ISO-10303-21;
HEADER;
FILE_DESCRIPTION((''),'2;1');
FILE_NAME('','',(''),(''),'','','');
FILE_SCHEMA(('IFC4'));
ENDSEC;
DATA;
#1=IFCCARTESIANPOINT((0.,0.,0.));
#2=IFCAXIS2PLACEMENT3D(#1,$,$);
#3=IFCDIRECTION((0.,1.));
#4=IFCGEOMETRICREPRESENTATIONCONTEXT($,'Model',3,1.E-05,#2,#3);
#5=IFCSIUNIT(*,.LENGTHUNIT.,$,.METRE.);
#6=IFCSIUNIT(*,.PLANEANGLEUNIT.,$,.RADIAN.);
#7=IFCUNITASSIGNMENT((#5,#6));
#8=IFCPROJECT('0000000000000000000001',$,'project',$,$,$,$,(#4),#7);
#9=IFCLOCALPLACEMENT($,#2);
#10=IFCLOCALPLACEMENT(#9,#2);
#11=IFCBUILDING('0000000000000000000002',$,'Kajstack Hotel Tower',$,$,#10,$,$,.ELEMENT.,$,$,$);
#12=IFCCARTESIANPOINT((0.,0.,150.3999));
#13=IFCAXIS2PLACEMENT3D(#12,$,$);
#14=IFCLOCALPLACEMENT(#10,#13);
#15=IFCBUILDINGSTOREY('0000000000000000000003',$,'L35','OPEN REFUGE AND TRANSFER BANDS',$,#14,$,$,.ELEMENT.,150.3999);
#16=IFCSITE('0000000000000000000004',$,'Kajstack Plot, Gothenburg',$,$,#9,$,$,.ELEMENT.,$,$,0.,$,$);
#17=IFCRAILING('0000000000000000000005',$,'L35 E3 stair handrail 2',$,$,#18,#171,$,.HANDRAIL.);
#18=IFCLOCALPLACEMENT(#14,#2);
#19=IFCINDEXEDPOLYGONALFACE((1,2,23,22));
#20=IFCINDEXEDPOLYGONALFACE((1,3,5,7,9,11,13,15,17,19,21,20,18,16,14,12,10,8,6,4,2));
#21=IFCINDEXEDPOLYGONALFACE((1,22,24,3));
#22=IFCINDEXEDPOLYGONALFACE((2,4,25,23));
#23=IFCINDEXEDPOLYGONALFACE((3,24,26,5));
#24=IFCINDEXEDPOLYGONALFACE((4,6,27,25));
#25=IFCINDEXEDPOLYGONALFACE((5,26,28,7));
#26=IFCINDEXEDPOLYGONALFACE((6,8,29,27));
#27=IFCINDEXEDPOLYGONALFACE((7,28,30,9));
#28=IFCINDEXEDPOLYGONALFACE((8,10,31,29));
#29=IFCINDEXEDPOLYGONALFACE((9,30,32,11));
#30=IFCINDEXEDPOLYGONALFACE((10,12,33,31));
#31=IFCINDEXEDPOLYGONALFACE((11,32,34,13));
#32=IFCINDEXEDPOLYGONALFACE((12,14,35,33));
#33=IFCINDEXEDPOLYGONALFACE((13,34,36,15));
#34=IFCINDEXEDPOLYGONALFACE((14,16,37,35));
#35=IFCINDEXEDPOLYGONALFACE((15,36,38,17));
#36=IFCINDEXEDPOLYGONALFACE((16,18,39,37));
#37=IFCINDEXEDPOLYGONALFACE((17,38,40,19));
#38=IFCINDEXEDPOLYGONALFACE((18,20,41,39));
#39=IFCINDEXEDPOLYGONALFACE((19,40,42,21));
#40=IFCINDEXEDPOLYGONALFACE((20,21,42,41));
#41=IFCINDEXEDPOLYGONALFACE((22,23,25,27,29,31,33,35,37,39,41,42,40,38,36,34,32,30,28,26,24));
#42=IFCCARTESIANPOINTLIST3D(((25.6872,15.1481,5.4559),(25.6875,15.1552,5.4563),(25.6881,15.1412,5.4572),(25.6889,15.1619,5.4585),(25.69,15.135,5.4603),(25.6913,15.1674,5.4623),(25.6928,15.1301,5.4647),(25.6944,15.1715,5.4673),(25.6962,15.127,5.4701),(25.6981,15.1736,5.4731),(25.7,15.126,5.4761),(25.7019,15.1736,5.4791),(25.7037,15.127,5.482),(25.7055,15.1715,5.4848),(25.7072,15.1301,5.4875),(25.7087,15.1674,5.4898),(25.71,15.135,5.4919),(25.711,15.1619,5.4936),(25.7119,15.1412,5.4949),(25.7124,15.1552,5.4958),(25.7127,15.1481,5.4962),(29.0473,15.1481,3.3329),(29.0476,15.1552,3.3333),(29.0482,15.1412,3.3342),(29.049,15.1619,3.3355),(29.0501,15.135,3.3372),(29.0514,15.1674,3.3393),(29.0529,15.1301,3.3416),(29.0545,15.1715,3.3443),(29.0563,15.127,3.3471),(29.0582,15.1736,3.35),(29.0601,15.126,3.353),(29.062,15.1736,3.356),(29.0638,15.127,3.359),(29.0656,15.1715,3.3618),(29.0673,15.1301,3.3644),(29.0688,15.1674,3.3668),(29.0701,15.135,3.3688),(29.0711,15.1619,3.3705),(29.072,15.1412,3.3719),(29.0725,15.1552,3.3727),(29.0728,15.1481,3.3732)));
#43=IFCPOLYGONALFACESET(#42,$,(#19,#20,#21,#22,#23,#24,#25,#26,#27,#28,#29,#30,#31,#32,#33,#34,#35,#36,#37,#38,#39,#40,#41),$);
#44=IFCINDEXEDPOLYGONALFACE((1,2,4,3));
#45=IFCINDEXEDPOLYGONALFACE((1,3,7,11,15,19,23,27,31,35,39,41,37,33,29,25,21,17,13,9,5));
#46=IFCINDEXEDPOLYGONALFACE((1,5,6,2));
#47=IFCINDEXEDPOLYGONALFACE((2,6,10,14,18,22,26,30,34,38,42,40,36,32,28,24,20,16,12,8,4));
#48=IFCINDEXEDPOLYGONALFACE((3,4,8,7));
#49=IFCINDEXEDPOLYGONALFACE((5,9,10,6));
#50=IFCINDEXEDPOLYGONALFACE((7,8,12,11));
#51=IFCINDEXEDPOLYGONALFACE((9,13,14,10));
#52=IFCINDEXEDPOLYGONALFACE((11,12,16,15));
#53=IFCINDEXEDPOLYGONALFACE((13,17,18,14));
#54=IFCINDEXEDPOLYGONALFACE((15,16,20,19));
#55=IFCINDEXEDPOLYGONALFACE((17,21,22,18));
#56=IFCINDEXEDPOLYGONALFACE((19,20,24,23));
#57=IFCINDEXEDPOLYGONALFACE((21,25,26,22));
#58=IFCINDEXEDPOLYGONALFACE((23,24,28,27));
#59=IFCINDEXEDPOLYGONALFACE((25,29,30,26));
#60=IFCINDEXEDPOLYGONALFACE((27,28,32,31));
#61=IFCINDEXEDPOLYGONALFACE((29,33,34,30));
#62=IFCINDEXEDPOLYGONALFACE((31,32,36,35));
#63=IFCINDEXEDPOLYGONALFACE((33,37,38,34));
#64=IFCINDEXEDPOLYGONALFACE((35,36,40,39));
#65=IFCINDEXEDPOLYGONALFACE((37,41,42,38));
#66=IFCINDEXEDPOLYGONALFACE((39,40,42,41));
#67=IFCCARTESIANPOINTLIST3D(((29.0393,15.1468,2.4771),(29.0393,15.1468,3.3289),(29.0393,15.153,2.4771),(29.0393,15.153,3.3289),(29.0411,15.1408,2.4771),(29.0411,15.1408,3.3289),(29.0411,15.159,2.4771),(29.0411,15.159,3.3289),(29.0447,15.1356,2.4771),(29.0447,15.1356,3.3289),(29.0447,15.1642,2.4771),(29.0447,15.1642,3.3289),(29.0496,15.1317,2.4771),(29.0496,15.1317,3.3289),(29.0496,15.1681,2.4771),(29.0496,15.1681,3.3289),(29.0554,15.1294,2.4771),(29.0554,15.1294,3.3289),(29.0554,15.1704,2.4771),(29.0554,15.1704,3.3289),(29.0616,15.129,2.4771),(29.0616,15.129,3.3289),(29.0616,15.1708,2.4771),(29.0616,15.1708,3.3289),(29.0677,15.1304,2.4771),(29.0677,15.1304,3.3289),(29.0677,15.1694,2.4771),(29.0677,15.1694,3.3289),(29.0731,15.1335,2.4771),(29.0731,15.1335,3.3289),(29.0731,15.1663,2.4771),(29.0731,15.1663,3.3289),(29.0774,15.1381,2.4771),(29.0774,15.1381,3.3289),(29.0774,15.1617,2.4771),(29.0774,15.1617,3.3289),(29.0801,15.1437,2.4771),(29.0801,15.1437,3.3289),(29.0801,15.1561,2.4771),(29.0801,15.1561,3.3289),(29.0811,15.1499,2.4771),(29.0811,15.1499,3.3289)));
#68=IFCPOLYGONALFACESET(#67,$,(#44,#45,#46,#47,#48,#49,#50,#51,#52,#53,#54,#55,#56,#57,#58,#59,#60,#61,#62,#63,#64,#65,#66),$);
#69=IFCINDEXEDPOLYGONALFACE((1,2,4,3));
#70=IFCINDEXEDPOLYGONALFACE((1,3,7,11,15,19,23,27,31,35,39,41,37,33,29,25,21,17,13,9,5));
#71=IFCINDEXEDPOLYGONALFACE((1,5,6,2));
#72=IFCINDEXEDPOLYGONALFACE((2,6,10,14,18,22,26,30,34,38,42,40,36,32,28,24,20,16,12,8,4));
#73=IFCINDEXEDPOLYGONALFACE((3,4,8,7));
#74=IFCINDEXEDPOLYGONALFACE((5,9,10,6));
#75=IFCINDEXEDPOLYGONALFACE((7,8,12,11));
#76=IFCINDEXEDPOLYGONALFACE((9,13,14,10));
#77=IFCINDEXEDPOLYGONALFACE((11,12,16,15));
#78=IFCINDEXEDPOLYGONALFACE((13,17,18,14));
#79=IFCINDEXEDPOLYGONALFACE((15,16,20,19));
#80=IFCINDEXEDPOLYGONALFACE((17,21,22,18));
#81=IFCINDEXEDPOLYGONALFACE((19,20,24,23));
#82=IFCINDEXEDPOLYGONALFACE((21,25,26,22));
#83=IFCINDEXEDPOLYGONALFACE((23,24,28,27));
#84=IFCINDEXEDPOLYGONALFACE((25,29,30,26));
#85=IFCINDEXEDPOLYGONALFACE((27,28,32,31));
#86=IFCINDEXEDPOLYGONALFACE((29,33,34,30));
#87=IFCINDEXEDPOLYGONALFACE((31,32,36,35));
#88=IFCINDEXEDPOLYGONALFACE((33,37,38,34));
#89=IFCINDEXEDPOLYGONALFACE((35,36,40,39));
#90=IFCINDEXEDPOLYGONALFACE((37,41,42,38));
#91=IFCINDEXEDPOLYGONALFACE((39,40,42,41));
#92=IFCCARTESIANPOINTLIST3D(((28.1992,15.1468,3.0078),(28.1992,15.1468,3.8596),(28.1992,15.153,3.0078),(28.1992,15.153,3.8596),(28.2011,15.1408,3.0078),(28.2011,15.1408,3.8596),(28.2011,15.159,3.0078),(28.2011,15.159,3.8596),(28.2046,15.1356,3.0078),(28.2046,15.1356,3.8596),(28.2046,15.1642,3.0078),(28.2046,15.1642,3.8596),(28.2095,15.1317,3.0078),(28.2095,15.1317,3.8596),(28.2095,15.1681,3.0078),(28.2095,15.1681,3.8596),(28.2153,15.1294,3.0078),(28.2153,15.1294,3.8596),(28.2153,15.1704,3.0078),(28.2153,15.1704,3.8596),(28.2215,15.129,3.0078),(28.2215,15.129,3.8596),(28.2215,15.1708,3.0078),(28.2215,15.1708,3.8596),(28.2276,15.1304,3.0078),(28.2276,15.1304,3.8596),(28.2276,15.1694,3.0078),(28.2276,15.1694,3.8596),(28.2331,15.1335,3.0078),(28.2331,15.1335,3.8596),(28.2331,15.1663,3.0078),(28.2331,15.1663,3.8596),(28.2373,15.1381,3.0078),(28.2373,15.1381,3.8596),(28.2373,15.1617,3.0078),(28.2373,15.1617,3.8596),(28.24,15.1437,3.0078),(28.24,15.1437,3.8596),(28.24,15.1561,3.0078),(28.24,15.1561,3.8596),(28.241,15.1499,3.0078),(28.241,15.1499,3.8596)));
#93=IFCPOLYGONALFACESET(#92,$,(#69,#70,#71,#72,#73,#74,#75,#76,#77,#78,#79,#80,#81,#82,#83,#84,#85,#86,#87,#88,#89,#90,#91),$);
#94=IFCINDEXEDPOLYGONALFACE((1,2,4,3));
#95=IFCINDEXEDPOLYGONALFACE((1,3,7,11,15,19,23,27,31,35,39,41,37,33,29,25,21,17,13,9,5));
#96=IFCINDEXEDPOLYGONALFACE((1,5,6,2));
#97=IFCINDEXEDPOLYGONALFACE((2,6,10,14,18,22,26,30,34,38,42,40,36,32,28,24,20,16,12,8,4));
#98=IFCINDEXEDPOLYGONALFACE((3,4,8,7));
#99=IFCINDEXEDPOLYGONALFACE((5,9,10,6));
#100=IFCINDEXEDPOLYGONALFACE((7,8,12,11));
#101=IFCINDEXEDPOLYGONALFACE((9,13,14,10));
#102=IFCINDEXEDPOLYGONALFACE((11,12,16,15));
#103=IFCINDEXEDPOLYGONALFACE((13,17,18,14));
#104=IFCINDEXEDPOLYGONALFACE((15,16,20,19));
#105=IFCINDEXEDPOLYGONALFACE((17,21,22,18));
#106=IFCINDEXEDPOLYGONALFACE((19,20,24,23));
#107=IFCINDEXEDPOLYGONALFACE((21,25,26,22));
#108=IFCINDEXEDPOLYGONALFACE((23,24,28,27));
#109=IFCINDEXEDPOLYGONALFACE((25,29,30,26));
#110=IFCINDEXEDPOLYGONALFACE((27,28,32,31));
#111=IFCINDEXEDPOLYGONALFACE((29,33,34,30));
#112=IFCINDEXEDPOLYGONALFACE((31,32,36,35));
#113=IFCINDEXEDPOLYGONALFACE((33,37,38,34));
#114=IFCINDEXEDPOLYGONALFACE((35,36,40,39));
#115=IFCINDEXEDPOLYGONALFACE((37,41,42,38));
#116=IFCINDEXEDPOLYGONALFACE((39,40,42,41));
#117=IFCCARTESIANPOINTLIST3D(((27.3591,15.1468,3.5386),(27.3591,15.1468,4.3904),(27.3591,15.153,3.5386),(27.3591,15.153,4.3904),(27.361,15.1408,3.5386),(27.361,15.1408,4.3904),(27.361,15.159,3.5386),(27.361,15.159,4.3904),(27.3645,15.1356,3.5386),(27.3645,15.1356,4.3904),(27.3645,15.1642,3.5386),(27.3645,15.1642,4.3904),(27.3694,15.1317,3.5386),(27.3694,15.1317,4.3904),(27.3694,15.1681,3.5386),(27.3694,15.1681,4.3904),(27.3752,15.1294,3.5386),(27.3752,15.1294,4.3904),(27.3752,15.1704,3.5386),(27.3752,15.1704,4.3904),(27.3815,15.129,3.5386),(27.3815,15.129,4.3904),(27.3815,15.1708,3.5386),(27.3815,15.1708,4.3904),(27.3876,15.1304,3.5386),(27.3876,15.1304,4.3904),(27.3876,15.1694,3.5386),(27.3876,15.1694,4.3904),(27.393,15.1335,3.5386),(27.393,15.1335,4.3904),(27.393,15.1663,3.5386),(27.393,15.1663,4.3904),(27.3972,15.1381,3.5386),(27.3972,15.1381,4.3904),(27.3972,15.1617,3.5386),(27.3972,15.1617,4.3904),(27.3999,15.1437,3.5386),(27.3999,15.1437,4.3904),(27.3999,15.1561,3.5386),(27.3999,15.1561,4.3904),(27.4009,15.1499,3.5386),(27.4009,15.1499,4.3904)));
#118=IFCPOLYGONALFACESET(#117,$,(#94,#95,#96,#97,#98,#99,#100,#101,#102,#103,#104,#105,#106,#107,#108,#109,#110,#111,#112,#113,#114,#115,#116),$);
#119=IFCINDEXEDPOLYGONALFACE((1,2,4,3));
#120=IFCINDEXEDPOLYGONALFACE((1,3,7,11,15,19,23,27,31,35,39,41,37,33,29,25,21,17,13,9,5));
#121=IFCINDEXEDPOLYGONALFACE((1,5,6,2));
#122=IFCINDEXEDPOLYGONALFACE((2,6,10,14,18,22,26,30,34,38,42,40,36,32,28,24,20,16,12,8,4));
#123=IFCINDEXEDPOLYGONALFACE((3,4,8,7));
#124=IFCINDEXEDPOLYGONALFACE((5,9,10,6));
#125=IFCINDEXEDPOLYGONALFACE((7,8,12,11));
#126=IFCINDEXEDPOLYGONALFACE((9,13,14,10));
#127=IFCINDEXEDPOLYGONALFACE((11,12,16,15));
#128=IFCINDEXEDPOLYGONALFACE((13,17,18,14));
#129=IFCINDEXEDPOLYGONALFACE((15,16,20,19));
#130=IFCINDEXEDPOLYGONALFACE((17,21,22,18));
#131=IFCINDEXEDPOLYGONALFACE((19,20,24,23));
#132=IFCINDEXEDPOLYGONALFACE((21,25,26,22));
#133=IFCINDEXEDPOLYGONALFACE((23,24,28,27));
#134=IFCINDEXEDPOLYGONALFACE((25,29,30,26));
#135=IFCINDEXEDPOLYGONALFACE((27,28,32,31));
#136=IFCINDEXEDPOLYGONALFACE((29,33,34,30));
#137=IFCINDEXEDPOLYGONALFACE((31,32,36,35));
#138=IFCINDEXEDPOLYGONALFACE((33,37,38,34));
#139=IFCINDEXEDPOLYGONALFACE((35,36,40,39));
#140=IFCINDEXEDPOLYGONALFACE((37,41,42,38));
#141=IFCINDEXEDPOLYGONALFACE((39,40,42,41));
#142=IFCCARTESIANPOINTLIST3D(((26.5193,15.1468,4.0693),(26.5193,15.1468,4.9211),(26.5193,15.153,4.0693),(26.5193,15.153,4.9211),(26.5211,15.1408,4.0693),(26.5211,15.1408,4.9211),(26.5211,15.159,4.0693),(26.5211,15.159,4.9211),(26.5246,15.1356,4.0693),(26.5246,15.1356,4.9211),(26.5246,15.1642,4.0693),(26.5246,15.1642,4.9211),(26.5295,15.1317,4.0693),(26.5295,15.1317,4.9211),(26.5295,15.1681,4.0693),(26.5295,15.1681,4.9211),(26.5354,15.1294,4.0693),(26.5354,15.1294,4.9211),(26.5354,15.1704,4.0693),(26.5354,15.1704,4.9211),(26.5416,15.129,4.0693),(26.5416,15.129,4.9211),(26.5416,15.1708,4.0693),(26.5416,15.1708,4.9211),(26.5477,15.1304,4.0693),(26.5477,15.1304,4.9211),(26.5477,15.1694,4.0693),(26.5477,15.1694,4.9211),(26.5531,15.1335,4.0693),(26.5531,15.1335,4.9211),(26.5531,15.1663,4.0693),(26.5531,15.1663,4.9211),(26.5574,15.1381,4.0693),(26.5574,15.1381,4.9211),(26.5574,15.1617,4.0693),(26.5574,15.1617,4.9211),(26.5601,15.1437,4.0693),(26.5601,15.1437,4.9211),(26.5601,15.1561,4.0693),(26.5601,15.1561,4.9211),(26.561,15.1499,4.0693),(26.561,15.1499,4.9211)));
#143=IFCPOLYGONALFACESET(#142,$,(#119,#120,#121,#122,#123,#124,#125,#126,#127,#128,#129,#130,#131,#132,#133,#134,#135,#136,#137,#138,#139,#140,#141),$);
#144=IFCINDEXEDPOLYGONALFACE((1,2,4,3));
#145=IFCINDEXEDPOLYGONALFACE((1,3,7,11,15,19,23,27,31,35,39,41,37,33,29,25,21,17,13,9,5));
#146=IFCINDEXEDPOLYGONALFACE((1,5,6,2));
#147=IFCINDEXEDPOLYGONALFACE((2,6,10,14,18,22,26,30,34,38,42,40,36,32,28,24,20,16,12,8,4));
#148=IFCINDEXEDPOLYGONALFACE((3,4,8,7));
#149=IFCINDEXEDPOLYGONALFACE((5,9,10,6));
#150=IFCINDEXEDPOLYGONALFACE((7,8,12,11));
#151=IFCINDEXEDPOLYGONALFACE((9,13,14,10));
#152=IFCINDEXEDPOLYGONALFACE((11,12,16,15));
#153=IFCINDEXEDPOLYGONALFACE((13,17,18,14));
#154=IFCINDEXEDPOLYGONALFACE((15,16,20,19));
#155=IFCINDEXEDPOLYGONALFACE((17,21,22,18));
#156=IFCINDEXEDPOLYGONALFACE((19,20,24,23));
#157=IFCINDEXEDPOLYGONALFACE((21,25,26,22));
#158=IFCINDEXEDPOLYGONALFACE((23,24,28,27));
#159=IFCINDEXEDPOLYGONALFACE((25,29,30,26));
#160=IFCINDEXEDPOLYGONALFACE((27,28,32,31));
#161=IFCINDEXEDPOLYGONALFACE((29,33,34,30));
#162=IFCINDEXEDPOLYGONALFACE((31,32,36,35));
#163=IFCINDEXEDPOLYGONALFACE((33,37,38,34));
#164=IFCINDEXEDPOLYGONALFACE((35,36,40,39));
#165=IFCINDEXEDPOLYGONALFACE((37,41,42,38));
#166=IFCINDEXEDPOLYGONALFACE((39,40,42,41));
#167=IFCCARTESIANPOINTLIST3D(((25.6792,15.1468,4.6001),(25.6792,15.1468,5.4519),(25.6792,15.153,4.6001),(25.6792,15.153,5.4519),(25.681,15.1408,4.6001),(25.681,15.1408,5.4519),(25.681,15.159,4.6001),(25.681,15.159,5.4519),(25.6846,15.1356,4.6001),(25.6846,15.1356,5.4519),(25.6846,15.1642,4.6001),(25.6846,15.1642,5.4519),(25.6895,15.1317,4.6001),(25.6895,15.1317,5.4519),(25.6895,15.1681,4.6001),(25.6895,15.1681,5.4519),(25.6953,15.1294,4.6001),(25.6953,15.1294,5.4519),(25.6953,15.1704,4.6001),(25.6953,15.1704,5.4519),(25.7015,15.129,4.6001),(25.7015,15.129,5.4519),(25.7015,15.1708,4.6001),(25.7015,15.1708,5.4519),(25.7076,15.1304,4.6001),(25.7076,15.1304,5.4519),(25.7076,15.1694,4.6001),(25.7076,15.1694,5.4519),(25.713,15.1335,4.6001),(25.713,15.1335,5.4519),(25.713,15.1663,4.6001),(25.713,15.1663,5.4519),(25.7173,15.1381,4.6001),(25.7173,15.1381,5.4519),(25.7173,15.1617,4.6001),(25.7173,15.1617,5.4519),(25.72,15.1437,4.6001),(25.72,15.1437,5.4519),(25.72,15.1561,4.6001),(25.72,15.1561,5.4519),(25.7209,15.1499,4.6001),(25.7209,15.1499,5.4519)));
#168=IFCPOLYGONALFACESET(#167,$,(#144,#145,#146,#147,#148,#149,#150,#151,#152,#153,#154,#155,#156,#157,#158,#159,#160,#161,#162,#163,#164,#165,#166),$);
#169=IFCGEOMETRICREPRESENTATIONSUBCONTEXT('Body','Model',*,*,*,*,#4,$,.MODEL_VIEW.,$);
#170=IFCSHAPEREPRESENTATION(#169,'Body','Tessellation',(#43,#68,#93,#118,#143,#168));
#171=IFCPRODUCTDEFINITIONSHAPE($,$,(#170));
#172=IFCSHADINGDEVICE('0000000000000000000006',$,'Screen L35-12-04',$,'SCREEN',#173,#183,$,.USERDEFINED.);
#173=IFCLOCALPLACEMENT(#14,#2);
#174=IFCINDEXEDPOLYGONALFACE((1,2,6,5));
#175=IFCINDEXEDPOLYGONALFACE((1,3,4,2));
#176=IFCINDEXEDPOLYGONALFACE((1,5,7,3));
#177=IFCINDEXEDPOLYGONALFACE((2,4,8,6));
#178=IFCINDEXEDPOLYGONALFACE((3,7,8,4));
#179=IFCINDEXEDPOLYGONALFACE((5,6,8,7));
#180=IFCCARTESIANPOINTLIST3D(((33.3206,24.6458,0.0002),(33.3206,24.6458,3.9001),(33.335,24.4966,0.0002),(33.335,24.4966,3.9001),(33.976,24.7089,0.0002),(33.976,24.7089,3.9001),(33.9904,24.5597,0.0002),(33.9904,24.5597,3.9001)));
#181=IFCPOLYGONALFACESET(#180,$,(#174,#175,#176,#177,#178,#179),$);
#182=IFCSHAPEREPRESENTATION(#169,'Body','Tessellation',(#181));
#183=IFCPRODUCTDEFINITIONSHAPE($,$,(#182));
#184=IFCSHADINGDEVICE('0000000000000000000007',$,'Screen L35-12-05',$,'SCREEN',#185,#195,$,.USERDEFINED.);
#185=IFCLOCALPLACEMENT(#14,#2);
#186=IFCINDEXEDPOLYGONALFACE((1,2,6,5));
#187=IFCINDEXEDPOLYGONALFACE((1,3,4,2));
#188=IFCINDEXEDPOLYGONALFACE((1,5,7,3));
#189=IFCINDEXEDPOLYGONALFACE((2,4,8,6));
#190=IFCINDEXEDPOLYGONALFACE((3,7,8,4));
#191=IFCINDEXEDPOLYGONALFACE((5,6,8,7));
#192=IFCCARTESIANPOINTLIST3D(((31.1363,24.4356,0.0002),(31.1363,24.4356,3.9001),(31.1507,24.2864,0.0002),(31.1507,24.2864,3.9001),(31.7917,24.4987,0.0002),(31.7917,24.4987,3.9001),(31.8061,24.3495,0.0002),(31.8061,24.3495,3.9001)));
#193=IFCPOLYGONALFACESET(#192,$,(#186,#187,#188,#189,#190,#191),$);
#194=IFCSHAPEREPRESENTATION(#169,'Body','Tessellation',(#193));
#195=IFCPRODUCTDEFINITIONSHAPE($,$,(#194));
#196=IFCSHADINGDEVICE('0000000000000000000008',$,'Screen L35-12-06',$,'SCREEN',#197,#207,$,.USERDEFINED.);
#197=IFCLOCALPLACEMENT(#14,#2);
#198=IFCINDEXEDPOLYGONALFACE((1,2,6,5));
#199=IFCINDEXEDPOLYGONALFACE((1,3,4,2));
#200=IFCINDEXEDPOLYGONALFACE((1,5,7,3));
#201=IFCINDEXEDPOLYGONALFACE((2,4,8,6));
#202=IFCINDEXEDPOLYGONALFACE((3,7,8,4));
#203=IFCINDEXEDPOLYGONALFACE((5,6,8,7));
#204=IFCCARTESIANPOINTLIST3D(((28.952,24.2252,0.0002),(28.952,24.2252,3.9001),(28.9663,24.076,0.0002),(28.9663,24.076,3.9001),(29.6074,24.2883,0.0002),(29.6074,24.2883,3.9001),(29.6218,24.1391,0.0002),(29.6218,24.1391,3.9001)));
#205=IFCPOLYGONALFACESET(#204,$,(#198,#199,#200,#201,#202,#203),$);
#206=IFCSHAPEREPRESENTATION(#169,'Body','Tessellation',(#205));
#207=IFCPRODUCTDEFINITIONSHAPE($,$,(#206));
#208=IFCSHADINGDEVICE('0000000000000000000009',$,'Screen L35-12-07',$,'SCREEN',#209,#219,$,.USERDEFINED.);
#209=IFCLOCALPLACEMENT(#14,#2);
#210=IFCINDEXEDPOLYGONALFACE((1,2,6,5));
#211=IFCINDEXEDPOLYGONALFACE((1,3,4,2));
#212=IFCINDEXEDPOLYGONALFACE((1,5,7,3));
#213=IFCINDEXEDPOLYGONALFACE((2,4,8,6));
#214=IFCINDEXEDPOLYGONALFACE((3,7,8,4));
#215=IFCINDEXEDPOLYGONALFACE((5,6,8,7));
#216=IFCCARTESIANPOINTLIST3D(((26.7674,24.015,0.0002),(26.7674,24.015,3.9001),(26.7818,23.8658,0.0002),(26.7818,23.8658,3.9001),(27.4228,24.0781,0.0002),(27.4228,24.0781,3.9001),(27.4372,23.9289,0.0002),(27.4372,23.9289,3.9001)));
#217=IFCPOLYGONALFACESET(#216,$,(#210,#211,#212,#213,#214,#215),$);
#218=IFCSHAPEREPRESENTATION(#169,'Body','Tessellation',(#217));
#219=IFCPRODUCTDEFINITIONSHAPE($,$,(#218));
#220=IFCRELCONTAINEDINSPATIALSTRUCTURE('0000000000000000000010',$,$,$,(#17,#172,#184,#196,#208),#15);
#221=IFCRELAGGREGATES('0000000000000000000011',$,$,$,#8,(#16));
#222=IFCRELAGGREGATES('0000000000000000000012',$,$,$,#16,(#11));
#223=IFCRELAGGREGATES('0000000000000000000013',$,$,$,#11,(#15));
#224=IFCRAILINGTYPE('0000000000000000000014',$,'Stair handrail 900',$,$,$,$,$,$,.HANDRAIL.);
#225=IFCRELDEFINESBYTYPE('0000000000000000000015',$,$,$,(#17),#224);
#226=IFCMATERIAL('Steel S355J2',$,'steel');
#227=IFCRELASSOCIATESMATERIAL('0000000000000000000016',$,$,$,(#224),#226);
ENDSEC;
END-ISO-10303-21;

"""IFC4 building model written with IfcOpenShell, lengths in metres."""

from ifc_helpers import new_model, si_unit, direction, frame, origin, origin_2d, place, context, subcontext, project, spatial, rectangle, circle, extrude, material, type_object, element, save


model = new_model("IFC4")

# Units and contexts
model_context = context("Model", 3, precision=1e-05, world=origin(), true_north=direction((0.0, 1.0)))
body_context = subcontext(model_context, "Body", "Model", "MODEL_VIEW")
ifc_project = project(units=[si_unit("LENGTHUNIT", "METRE"), si_unit("PLANEANGLEUNIT", "RADIAN")], contexts=[model_context])

# Site, building, storey
site_placement = place(None, origin())
site = spatial("IfcSite", under=ifc_project, at=site_placement, Name="Kajstack Plot, Gothenburg", CompositionType="ELEMENT", RefElevation=0.0)
building_placement = place(site_placement, origin())
building = spatial("IfcBuilding", under=site, at=building_placement, Name="Kajstack Hotel Tower", CompositionType="ELEMENT")
storey_placement = place(building_placement, frame((0.0, 0.0, 150.3999)))
storey = spatial("IfcBuildingStorey", under=building, at=storey_placement, Name="L35", Description="OPEN REFUGE AND TRANSFER BANDS", CompositionType="ELEMENT", Elevation=150.3999)

# Railing
ifc_material_1 = material(Name="Steel S355J2", Category="steel")
railing_type_1 = type_object("IfcRailingType", Name="Stair handrail 900", PredefinedType="HANDRAIL", material=ifc_material_1)
railing_1_placement = place(storey_placement, frame((29.0601, 15.1499, 2.4771)))
element("IfcRailing", 1, at=railing_1_placement, inside=storey, type_object=railing_type_1, Name="L35 E3 stair handrail 2", PredefinedType="HANDRAIL", context=body_context, shape_type="SweptSolid", body=[
    extrude(circle(Radius=0.0239, at=origin_2d()), frame((0.0, 0.0, 0.876), z_axis=(-0.84539, 0.0, 0.53415), x_axis=(0.0, -1.0, 0.0)), (0.0, 0.0, 1.0), 3.9746),
    extrude(circle(Radius=0.021, at=origin_2d()), origin(), (0.0, 0.0, 1.0), 0.8518),
    extrude(circle(Radius=0.021, at=origin_2d()), frame((-0.8401, 0.0, 0.5308)), (0.0, 0.0, 1.0), 0.8518),
    extrude(circle(Radius=0.021, at=origin_2d()), frame((-1.6802, 0.0, 1.0615)), (0.0, 0.0, 1.0), 0.8518),
    extrude(circle(Radius=0.021, at=origin_2d()), frame((-2.52, 0.0, 1.5923)), (0.0, 0.0, 1.0), 0.8518),
    extrude(circle(Radius=0.021, at=origin_2d()), frame((-3.3601, 0.0, 2.123)), (0.0, 0.0, 1.0), 0.8518),
])

# Shading devices
for number, where, z_axis, x_axis, name in (
    (2, (33.6555, 24.6028, 0.0002), (0.0, 0.0, 1.0), (-0.995396, -0.095846, 0.0), "Screen L35-12-04"),
    (3, (31.4712, 24.3926, 0.0002), (0.0, 0.0, 1.0), (-0.995396, -0.095846, 0.0), "Screen L35-12-05"),
    (4, (29.2869, 24.1821, 0.0002), (0.0, 0.0, 1.0), (-0.995396, -0.095846, 0.0), "Screen L35-12-06"),
    (5, (27.1023, 23.9719, 0.0002), (0.0, 0.0, 1.0), (-0.995396, -0.095846, 0.0), "Screen L35-12-07"),
):
    element("IfcShadingDevice", number, at=place(storey_placement, frame(where, z_axis=z_axis, x_axis=x_axis)), inside=storey, Name=name, ObjectType="SCREEN", PredefinedType="USERDEFINED", context=body_context, shape_type="SweptSolid", body=[
        extrude(rectangle(XDim=0.6584, YDim=0.1499, at=origin_2d()), origin(), (0.0, 0.0, 1.0), 3.8999),
    ])

save(model, "model.ifc")
